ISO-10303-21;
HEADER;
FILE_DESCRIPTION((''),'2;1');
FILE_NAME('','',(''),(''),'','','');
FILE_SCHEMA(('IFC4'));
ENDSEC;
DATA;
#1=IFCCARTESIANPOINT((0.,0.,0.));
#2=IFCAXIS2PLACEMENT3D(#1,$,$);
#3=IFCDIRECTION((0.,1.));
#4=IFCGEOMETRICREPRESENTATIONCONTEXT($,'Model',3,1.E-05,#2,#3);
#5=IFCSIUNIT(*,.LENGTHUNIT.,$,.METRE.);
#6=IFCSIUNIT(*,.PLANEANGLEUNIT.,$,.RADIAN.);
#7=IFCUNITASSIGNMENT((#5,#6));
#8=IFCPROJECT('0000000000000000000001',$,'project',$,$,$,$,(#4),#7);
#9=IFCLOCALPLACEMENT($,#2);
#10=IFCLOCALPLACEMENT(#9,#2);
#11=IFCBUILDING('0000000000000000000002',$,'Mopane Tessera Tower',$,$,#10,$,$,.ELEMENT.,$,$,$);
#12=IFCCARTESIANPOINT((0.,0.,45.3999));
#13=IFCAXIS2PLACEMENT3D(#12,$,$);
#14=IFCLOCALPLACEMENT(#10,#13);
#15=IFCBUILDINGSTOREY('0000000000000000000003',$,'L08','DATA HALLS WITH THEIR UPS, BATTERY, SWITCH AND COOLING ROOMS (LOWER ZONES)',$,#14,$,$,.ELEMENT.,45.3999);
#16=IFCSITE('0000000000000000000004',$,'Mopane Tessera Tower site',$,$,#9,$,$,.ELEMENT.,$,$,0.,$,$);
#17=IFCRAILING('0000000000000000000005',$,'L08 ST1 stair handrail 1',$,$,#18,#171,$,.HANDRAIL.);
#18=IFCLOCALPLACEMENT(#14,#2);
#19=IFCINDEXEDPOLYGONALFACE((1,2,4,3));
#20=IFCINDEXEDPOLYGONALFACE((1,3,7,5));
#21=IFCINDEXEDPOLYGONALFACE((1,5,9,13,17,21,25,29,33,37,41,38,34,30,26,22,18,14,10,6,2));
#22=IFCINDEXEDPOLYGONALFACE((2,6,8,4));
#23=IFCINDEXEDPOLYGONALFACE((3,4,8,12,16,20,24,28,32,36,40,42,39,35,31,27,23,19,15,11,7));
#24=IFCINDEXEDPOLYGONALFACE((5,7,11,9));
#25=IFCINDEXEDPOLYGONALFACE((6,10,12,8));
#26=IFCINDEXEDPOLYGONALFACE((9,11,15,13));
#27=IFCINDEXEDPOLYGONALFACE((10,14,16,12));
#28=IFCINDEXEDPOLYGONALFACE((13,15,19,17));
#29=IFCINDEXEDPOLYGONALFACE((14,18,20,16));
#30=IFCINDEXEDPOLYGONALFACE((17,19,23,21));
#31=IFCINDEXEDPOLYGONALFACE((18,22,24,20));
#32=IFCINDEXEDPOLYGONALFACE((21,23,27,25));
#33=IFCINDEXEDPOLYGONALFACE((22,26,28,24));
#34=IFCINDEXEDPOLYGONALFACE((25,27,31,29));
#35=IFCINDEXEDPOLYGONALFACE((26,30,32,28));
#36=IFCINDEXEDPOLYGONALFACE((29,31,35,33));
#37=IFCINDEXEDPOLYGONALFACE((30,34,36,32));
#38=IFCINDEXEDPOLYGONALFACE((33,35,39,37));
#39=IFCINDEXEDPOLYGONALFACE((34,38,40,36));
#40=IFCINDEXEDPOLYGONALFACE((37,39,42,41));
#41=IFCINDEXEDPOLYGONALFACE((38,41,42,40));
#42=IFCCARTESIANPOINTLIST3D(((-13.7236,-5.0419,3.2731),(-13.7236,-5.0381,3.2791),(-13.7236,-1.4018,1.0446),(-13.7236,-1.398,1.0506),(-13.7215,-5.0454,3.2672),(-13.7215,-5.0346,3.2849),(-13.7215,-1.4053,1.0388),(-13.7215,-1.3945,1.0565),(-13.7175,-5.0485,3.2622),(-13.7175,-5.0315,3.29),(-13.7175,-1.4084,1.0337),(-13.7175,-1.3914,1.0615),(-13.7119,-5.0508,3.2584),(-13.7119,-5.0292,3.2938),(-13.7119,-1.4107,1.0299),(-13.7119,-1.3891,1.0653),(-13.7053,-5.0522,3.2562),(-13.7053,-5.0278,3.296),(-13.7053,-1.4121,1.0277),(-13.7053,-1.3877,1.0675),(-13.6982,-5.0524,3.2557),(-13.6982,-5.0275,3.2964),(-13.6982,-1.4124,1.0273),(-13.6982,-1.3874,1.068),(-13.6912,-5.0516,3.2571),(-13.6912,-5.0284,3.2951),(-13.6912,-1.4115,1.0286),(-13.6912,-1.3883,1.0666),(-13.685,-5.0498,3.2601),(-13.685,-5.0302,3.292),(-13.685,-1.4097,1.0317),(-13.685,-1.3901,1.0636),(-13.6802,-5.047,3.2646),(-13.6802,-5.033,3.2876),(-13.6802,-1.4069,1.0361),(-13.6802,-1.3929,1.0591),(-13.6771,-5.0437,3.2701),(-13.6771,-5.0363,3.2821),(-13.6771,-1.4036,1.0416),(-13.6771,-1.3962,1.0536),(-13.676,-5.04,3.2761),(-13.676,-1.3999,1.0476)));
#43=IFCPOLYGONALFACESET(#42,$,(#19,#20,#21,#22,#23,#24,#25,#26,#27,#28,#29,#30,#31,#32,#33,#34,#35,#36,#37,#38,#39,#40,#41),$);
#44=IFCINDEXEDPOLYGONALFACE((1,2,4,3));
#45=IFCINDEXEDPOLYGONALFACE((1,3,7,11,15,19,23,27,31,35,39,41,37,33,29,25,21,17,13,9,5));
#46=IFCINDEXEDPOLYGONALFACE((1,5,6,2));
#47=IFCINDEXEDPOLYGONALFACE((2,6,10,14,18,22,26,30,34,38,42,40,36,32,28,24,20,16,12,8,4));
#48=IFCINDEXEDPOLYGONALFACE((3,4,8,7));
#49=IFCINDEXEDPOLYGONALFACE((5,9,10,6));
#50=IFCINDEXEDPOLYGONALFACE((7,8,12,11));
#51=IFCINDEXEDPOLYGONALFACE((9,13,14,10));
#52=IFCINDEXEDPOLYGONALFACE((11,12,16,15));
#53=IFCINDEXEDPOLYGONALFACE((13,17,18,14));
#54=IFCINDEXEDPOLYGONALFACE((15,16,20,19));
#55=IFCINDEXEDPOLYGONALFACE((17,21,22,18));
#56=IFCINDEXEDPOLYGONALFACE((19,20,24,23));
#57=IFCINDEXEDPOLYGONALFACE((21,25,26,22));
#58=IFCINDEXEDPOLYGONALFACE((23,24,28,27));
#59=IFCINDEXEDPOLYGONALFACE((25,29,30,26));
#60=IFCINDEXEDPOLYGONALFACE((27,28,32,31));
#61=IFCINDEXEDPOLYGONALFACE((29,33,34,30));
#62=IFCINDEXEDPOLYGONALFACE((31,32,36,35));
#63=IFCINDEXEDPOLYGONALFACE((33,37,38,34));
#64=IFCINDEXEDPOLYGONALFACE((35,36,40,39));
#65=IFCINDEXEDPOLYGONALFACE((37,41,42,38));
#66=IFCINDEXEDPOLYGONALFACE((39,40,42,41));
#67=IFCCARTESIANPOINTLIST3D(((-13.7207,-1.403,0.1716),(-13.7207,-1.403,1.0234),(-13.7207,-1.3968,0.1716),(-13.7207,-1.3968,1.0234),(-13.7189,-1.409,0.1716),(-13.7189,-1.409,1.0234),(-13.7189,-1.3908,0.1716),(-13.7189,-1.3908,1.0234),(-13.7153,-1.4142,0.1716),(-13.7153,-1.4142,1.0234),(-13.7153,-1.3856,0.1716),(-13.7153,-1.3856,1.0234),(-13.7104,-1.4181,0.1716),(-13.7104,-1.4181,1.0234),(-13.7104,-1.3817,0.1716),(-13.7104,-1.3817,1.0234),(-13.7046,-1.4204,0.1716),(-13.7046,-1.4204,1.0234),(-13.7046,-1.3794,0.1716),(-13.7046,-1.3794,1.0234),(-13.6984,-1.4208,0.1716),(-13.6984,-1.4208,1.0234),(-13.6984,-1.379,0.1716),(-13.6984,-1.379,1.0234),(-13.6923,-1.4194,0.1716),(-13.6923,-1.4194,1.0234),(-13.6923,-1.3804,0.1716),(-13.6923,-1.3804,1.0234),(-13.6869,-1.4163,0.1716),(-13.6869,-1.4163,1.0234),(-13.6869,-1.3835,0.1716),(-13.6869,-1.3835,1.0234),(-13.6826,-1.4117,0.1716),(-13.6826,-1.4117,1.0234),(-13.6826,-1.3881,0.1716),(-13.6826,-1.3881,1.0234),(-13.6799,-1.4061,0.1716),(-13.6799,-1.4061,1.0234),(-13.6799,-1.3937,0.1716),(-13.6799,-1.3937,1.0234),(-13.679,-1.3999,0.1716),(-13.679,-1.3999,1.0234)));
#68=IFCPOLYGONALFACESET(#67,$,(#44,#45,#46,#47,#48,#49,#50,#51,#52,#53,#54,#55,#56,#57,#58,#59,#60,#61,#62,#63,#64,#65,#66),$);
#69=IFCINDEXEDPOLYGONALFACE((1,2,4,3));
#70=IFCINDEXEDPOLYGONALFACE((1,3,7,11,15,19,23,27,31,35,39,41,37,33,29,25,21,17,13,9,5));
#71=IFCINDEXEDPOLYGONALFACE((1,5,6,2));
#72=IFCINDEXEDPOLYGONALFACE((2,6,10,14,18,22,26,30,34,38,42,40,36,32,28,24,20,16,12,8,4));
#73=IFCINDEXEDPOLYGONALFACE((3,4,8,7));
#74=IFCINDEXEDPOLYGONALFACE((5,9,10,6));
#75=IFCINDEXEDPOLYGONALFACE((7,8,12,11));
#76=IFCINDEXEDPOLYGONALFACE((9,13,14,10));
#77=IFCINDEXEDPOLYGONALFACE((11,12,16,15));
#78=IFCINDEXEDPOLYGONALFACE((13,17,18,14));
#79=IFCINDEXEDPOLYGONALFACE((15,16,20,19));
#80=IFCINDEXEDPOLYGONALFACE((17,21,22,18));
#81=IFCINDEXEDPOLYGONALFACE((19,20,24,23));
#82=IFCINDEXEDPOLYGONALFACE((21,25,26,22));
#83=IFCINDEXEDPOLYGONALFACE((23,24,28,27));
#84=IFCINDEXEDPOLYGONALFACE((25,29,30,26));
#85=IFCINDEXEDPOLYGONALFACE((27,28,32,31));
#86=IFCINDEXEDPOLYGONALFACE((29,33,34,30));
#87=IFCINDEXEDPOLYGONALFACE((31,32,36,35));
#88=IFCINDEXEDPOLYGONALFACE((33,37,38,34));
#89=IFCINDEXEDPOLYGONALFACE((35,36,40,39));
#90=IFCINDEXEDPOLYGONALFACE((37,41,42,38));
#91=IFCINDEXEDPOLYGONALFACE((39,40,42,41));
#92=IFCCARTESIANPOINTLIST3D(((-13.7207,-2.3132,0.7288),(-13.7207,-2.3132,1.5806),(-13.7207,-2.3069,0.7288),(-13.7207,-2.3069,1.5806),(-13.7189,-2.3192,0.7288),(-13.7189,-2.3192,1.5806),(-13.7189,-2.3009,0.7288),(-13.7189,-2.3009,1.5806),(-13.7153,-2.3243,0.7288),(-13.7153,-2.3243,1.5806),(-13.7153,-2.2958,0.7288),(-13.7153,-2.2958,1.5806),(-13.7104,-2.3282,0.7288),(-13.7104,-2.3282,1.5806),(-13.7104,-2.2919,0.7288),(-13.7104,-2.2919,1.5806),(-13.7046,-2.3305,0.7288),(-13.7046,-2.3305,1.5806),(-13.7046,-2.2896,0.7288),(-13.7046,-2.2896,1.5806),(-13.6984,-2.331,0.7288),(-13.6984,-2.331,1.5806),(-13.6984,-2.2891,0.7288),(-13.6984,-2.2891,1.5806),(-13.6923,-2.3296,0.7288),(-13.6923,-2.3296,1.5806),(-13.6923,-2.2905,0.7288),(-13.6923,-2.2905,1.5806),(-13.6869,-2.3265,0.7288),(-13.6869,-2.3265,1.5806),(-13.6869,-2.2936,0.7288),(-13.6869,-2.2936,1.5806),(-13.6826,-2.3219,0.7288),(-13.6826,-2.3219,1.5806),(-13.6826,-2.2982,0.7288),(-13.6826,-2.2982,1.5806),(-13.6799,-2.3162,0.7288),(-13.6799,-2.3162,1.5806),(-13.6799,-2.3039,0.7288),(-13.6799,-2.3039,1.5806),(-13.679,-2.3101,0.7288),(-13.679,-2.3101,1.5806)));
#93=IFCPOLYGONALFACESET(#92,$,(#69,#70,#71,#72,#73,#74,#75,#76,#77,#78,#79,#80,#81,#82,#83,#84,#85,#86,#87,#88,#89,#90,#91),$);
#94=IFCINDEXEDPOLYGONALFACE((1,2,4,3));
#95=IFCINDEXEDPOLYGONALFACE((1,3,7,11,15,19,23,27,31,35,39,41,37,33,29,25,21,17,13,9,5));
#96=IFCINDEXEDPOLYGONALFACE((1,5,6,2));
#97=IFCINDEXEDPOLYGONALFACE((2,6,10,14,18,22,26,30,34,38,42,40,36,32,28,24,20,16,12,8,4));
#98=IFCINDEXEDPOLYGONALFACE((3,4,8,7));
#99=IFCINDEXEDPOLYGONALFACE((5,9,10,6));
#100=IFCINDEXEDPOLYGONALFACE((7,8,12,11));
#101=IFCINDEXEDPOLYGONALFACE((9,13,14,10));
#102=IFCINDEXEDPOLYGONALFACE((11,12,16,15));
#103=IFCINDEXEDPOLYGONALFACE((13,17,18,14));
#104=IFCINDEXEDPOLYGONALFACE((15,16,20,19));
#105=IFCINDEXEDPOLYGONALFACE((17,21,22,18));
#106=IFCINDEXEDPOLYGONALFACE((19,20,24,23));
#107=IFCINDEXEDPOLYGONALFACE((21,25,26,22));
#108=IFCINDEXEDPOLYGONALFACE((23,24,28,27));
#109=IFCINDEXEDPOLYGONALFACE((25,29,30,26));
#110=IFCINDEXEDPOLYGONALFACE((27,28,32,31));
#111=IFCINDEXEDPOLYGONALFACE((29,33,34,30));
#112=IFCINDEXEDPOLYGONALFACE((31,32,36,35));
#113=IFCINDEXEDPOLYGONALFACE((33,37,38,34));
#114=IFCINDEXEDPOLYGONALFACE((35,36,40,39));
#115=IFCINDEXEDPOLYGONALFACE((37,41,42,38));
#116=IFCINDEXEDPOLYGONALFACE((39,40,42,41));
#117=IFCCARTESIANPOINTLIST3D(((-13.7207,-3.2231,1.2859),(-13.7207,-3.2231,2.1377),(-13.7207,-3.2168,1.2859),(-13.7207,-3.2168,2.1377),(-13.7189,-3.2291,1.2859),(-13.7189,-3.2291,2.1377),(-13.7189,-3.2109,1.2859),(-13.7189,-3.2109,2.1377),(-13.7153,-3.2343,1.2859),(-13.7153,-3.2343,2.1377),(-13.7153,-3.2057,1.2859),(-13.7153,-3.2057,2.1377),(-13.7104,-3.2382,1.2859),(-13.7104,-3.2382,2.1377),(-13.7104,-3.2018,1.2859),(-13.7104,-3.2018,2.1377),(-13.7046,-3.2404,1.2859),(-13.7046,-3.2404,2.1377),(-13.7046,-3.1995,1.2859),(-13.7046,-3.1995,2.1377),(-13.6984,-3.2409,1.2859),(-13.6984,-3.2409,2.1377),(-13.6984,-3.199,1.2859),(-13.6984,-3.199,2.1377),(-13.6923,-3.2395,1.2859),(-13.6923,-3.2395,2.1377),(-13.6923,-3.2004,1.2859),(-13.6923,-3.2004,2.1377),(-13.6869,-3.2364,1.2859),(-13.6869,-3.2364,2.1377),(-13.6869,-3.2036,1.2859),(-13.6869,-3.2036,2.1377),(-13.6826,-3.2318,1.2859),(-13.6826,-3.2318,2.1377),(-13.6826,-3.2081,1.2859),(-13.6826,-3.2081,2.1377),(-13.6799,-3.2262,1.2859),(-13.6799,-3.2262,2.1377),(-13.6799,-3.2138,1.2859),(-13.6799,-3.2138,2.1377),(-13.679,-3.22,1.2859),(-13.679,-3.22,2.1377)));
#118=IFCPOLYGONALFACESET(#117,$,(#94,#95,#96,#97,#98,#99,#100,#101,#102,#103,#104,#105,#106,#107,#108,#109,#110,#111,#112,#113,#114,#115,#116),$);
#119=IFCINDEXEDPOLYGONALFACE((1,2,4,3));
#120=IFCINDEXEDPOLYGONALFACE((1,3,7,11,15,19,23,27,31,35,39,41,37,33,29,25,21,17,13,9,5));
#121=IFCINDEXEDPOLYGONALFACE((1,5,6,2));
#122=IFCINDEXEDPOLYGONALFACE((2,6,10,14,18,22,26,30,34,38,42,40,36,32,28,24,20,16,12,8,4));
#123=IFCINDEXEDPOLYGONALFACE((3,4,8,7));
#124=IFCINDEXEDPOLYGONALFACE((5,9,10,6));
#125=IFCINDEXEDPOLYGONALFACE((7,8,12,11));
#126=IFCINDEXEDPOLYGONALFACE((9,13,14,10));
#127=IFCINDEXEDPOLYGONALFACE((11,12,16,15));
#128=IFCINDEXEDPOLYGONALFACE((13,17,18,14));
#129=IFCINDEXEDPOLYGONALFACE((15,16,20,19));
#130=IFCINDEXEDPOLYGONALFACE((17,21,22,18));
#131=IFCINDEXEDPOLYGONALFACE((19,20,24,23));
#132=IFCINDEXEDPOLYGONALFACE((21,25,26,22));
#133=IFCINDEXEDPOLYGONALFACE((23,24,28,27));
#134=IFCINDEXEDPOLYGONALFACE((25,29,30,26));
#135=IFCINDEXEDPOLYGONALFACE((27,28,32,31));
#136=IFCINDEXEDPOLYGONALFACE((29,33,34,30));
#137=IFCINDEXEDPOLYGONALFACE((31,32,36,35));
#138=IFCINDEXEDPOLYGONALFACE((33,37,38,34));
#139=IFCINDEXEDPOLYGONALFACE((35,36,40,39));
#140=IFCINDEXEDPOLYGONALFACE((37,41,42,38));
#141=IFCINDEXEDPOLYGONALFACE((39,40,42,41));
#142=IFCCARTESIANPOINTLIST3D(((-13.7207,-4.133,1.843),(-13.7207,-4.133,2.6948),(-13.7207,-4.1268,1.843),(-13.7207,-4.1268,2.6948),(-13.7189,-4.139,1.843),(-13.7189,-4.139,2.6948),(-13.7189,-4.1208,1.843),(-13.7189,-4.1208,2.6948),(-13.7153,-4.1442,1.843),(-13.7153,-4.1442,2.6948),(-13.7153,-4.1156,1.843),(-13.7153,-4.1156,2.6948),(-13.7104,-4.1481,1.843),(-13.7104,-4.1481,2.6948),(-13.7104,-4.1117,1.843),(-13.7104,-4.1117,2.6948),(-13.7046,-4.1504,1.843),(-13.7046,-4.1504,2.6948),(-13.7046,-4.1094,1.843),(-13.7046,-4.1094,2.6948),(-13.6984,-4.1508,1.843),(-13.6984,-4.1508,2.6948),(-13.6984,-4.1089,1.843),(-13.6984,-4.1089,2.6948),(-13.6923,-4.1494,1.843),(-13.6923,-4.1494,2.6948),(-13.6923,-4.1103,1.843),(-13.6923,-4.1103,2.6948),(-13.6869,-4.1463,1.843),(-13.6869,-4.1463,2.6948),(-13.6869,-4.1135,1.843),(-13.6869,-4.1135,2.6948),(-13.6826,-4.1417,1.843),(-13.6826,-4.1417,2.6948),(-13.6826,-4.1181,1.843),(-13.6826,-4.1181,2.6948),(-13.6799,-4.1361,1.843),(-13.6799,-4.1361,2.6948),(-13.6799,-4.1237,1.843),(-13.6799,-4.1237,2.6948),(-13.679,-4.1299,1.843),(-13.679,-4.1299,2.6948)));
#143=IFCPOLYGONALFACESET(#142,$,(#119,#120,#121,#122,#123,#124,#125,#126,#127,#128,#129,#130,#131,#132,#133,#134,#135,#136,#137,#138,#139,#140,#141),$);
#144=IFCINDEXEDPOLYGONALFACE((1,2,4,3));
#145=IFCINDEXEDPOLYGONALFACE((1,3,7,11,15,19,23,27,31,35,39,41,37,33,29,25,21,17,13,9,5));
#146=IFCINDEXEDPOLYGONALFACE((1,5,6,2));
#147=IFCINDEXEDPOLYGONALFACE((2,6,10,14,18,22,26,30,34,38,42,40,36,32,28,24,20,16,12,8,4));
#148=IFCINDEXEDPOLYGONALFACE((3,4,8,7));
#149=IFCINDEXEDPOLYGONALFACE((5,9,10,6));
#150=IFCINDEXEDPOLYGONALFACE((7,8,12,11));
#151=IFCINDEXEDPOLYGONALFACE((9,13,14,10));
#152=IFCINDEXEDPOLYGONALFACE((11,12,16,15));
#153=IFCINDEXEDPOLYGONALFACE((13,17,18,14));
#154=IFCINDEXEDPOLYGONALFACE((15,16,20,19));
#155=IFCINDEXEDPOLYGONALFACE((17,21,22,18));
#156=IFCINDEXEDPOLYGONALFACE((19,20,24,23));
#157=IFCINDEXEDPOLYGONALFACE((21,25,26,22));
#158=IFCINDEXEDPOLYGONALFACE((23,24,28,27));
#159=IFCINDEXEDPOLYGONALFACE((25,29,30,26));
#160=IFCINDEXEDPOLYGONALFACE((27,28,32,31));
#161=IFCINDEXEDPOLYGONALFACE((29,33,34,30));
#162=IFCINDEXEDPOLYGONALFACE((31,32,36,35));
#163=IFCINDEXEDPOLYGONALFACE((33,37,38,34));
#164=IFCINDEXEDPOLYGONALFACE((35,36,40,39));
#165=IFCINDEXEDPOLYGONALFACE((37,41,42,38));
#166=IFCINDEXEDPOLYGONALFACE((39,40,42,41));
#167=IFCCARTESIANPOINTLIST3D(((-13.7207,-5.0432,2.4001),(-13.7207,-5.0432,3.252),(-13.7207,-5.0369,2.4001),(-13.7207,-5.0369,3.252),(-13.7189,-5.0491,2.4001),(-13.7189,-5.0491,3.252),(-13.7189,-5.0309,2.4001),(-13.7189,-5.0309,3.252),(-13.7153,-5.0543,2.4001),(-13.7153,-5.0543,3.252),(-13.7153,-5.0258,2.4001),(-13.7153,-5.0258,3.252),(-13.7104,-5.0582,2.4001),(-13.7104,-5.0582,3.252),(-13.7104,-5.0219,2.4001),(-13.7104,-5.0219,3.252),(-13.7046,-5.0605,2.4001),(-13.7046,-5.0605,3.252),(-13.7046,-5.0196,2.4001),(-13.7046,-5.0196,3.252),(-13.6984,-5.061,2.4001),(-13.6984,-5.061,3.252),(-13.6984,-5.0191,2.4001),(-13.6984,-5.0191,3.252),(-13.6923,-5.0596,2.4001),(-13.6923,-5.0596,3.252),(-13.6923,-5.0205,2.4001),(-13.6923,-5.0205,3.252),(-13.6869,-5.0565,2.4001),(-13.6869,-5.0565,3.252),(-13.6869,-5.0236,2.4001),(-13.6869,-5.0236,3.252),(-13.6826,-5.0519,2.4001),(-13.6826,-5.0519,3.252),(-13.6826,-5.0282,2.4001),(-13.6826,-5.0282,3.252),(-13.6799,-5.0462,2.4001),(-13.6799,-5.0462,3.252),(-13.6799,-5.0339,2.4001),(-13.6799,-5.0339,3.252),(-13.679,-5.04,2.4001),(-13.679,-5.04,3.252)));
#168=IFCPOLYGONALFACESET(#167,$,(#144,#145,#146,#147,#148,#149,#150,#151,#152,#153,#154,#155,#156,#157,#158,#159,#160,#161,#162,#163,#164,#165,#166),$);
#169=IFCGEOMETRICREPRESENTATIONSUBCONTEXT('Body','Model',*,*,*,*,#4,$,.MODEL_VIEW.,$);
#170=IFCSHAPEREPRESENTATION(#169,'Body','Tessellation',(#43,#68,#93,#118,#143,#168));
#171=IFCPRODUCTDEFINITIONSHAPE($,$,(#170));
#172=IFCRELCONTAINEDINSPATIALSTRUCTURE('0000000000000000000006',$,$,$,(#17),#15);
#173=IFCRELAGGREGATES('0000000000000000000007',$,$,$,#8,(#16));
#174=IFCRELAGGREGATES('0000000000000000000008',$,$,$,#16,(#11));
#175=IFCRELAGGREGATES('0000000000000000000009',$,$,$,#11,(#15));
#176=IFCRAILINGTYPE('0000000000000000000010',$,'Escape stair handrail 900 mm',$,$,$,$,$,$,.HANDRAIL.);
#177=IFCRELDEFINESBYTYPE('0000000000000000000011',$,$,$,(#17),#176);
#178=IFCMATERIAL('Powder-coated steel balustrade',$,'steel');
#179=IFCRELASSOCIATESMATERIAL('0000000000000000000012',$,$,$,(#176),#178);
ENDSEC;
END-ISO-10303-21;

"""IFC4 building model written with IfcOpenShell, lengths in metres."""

from ifc_helpers import new_model, si_unit, direction, frame, origin, origin_2d, place, context, subcontext, project, spatial, circle, extrude, material, type_object, element, save


model = new_model("IFC4")

# Units and contexts
model_context = context("Model", 3, precision=1e-05, world=origin(), true_north=direction((0.0, 1.0)))
body_context = subcontext(model_context, "Body", "Model", "MODEL_VIEW")
ifc_project = project(units=[si_unit("LENGTHUNIT", "METRE"), si_unit("PLANEANGLEUNIT", "RADIAN")], contexts=[model_context])

# Site, building, storey
site_placement = place(None, origin())
site = spatial("IfcSite", under=ifc_project, at=site_placement, Name="Mopane Tessera Tower site", CompositionType="ELEMENT", RefElevation=0.0)
building_placement = place(site_placement, origin())
building = spatial("IfcBuilding", under=site, at=building_placement, Name="Mopane Tessera Tower", CompositionType="ELEMENT")
storey_placement = place(building_placement, frame((0.0, 0.0, 45.3999)))
storey = spatial("IfcBuildingStorey", under=building, at=storey_placement, Name="L08", Description="DATA HALLS WITH THEIR UPS, BATTERY, SWITCH AND COOLING ROOMS (LOWER ZONES)", CompositionType="ELEMENT", Elevation=45.3999)

# Railing
ifc_material_1 = material(Name="Powder-coated steel balustrade", Category="steel")
railing_type_1 = type_object("IfcRailingType", Name="Escape stair handrail 900 mm", PredefinedType="HANDRAIL", material=ifc_material_1)
railing_1_placement = place(storey_placement, frame((-13.7, -1.3999, 0.1716)))
element("IfcRailing", 1, at=railing_1_placement, inside=storey, type_object=railing_type_1, Name="L08 ST1 stair handrail 1", PredefinedType="HANDRAIL", context=body_context, shape_type="SweptSolid", body=[
    extrude(circle(Radius=0.0239, at=origin_2d()), frame((0.0, 0.0, 0.876), z_axis=(0.0, -0.852866, 0.52213), x_axis=(1.0, 0.0, 0.0)), (0.0, 0.0, 1.0), 4.2681),
    extrude(circle(Radius=0.021, at=origin_2d()), origin(), (0.0, 0.0, 1.0), 0.8518),
    extrude(circle(Radius=0.021, at=origin_2d()), frame((0.0, -0.9102, 0.5571)), (0.0, 0.0, 1.0), 0.8518),
    extrude(circle(Radius=0.021, at=origin_2d()), frame((0.0, -1.8201, 1.1143)), (0.0, 0.0, 1.0), 0.8518),
    extrude(circle(Radius=0.021, at=origin_2d()), frame((0.0, -2.73, 1.6714)), (0.0, 0.0, 1.0), 0.8518),
    extrude(circle(Radius=0.021, at=origin_2d()), frame((0.0, -3.6401, 2.2285)), (0.0, 0.0, 1.0), 0.8518),
])

save(model, "model.ifc")
